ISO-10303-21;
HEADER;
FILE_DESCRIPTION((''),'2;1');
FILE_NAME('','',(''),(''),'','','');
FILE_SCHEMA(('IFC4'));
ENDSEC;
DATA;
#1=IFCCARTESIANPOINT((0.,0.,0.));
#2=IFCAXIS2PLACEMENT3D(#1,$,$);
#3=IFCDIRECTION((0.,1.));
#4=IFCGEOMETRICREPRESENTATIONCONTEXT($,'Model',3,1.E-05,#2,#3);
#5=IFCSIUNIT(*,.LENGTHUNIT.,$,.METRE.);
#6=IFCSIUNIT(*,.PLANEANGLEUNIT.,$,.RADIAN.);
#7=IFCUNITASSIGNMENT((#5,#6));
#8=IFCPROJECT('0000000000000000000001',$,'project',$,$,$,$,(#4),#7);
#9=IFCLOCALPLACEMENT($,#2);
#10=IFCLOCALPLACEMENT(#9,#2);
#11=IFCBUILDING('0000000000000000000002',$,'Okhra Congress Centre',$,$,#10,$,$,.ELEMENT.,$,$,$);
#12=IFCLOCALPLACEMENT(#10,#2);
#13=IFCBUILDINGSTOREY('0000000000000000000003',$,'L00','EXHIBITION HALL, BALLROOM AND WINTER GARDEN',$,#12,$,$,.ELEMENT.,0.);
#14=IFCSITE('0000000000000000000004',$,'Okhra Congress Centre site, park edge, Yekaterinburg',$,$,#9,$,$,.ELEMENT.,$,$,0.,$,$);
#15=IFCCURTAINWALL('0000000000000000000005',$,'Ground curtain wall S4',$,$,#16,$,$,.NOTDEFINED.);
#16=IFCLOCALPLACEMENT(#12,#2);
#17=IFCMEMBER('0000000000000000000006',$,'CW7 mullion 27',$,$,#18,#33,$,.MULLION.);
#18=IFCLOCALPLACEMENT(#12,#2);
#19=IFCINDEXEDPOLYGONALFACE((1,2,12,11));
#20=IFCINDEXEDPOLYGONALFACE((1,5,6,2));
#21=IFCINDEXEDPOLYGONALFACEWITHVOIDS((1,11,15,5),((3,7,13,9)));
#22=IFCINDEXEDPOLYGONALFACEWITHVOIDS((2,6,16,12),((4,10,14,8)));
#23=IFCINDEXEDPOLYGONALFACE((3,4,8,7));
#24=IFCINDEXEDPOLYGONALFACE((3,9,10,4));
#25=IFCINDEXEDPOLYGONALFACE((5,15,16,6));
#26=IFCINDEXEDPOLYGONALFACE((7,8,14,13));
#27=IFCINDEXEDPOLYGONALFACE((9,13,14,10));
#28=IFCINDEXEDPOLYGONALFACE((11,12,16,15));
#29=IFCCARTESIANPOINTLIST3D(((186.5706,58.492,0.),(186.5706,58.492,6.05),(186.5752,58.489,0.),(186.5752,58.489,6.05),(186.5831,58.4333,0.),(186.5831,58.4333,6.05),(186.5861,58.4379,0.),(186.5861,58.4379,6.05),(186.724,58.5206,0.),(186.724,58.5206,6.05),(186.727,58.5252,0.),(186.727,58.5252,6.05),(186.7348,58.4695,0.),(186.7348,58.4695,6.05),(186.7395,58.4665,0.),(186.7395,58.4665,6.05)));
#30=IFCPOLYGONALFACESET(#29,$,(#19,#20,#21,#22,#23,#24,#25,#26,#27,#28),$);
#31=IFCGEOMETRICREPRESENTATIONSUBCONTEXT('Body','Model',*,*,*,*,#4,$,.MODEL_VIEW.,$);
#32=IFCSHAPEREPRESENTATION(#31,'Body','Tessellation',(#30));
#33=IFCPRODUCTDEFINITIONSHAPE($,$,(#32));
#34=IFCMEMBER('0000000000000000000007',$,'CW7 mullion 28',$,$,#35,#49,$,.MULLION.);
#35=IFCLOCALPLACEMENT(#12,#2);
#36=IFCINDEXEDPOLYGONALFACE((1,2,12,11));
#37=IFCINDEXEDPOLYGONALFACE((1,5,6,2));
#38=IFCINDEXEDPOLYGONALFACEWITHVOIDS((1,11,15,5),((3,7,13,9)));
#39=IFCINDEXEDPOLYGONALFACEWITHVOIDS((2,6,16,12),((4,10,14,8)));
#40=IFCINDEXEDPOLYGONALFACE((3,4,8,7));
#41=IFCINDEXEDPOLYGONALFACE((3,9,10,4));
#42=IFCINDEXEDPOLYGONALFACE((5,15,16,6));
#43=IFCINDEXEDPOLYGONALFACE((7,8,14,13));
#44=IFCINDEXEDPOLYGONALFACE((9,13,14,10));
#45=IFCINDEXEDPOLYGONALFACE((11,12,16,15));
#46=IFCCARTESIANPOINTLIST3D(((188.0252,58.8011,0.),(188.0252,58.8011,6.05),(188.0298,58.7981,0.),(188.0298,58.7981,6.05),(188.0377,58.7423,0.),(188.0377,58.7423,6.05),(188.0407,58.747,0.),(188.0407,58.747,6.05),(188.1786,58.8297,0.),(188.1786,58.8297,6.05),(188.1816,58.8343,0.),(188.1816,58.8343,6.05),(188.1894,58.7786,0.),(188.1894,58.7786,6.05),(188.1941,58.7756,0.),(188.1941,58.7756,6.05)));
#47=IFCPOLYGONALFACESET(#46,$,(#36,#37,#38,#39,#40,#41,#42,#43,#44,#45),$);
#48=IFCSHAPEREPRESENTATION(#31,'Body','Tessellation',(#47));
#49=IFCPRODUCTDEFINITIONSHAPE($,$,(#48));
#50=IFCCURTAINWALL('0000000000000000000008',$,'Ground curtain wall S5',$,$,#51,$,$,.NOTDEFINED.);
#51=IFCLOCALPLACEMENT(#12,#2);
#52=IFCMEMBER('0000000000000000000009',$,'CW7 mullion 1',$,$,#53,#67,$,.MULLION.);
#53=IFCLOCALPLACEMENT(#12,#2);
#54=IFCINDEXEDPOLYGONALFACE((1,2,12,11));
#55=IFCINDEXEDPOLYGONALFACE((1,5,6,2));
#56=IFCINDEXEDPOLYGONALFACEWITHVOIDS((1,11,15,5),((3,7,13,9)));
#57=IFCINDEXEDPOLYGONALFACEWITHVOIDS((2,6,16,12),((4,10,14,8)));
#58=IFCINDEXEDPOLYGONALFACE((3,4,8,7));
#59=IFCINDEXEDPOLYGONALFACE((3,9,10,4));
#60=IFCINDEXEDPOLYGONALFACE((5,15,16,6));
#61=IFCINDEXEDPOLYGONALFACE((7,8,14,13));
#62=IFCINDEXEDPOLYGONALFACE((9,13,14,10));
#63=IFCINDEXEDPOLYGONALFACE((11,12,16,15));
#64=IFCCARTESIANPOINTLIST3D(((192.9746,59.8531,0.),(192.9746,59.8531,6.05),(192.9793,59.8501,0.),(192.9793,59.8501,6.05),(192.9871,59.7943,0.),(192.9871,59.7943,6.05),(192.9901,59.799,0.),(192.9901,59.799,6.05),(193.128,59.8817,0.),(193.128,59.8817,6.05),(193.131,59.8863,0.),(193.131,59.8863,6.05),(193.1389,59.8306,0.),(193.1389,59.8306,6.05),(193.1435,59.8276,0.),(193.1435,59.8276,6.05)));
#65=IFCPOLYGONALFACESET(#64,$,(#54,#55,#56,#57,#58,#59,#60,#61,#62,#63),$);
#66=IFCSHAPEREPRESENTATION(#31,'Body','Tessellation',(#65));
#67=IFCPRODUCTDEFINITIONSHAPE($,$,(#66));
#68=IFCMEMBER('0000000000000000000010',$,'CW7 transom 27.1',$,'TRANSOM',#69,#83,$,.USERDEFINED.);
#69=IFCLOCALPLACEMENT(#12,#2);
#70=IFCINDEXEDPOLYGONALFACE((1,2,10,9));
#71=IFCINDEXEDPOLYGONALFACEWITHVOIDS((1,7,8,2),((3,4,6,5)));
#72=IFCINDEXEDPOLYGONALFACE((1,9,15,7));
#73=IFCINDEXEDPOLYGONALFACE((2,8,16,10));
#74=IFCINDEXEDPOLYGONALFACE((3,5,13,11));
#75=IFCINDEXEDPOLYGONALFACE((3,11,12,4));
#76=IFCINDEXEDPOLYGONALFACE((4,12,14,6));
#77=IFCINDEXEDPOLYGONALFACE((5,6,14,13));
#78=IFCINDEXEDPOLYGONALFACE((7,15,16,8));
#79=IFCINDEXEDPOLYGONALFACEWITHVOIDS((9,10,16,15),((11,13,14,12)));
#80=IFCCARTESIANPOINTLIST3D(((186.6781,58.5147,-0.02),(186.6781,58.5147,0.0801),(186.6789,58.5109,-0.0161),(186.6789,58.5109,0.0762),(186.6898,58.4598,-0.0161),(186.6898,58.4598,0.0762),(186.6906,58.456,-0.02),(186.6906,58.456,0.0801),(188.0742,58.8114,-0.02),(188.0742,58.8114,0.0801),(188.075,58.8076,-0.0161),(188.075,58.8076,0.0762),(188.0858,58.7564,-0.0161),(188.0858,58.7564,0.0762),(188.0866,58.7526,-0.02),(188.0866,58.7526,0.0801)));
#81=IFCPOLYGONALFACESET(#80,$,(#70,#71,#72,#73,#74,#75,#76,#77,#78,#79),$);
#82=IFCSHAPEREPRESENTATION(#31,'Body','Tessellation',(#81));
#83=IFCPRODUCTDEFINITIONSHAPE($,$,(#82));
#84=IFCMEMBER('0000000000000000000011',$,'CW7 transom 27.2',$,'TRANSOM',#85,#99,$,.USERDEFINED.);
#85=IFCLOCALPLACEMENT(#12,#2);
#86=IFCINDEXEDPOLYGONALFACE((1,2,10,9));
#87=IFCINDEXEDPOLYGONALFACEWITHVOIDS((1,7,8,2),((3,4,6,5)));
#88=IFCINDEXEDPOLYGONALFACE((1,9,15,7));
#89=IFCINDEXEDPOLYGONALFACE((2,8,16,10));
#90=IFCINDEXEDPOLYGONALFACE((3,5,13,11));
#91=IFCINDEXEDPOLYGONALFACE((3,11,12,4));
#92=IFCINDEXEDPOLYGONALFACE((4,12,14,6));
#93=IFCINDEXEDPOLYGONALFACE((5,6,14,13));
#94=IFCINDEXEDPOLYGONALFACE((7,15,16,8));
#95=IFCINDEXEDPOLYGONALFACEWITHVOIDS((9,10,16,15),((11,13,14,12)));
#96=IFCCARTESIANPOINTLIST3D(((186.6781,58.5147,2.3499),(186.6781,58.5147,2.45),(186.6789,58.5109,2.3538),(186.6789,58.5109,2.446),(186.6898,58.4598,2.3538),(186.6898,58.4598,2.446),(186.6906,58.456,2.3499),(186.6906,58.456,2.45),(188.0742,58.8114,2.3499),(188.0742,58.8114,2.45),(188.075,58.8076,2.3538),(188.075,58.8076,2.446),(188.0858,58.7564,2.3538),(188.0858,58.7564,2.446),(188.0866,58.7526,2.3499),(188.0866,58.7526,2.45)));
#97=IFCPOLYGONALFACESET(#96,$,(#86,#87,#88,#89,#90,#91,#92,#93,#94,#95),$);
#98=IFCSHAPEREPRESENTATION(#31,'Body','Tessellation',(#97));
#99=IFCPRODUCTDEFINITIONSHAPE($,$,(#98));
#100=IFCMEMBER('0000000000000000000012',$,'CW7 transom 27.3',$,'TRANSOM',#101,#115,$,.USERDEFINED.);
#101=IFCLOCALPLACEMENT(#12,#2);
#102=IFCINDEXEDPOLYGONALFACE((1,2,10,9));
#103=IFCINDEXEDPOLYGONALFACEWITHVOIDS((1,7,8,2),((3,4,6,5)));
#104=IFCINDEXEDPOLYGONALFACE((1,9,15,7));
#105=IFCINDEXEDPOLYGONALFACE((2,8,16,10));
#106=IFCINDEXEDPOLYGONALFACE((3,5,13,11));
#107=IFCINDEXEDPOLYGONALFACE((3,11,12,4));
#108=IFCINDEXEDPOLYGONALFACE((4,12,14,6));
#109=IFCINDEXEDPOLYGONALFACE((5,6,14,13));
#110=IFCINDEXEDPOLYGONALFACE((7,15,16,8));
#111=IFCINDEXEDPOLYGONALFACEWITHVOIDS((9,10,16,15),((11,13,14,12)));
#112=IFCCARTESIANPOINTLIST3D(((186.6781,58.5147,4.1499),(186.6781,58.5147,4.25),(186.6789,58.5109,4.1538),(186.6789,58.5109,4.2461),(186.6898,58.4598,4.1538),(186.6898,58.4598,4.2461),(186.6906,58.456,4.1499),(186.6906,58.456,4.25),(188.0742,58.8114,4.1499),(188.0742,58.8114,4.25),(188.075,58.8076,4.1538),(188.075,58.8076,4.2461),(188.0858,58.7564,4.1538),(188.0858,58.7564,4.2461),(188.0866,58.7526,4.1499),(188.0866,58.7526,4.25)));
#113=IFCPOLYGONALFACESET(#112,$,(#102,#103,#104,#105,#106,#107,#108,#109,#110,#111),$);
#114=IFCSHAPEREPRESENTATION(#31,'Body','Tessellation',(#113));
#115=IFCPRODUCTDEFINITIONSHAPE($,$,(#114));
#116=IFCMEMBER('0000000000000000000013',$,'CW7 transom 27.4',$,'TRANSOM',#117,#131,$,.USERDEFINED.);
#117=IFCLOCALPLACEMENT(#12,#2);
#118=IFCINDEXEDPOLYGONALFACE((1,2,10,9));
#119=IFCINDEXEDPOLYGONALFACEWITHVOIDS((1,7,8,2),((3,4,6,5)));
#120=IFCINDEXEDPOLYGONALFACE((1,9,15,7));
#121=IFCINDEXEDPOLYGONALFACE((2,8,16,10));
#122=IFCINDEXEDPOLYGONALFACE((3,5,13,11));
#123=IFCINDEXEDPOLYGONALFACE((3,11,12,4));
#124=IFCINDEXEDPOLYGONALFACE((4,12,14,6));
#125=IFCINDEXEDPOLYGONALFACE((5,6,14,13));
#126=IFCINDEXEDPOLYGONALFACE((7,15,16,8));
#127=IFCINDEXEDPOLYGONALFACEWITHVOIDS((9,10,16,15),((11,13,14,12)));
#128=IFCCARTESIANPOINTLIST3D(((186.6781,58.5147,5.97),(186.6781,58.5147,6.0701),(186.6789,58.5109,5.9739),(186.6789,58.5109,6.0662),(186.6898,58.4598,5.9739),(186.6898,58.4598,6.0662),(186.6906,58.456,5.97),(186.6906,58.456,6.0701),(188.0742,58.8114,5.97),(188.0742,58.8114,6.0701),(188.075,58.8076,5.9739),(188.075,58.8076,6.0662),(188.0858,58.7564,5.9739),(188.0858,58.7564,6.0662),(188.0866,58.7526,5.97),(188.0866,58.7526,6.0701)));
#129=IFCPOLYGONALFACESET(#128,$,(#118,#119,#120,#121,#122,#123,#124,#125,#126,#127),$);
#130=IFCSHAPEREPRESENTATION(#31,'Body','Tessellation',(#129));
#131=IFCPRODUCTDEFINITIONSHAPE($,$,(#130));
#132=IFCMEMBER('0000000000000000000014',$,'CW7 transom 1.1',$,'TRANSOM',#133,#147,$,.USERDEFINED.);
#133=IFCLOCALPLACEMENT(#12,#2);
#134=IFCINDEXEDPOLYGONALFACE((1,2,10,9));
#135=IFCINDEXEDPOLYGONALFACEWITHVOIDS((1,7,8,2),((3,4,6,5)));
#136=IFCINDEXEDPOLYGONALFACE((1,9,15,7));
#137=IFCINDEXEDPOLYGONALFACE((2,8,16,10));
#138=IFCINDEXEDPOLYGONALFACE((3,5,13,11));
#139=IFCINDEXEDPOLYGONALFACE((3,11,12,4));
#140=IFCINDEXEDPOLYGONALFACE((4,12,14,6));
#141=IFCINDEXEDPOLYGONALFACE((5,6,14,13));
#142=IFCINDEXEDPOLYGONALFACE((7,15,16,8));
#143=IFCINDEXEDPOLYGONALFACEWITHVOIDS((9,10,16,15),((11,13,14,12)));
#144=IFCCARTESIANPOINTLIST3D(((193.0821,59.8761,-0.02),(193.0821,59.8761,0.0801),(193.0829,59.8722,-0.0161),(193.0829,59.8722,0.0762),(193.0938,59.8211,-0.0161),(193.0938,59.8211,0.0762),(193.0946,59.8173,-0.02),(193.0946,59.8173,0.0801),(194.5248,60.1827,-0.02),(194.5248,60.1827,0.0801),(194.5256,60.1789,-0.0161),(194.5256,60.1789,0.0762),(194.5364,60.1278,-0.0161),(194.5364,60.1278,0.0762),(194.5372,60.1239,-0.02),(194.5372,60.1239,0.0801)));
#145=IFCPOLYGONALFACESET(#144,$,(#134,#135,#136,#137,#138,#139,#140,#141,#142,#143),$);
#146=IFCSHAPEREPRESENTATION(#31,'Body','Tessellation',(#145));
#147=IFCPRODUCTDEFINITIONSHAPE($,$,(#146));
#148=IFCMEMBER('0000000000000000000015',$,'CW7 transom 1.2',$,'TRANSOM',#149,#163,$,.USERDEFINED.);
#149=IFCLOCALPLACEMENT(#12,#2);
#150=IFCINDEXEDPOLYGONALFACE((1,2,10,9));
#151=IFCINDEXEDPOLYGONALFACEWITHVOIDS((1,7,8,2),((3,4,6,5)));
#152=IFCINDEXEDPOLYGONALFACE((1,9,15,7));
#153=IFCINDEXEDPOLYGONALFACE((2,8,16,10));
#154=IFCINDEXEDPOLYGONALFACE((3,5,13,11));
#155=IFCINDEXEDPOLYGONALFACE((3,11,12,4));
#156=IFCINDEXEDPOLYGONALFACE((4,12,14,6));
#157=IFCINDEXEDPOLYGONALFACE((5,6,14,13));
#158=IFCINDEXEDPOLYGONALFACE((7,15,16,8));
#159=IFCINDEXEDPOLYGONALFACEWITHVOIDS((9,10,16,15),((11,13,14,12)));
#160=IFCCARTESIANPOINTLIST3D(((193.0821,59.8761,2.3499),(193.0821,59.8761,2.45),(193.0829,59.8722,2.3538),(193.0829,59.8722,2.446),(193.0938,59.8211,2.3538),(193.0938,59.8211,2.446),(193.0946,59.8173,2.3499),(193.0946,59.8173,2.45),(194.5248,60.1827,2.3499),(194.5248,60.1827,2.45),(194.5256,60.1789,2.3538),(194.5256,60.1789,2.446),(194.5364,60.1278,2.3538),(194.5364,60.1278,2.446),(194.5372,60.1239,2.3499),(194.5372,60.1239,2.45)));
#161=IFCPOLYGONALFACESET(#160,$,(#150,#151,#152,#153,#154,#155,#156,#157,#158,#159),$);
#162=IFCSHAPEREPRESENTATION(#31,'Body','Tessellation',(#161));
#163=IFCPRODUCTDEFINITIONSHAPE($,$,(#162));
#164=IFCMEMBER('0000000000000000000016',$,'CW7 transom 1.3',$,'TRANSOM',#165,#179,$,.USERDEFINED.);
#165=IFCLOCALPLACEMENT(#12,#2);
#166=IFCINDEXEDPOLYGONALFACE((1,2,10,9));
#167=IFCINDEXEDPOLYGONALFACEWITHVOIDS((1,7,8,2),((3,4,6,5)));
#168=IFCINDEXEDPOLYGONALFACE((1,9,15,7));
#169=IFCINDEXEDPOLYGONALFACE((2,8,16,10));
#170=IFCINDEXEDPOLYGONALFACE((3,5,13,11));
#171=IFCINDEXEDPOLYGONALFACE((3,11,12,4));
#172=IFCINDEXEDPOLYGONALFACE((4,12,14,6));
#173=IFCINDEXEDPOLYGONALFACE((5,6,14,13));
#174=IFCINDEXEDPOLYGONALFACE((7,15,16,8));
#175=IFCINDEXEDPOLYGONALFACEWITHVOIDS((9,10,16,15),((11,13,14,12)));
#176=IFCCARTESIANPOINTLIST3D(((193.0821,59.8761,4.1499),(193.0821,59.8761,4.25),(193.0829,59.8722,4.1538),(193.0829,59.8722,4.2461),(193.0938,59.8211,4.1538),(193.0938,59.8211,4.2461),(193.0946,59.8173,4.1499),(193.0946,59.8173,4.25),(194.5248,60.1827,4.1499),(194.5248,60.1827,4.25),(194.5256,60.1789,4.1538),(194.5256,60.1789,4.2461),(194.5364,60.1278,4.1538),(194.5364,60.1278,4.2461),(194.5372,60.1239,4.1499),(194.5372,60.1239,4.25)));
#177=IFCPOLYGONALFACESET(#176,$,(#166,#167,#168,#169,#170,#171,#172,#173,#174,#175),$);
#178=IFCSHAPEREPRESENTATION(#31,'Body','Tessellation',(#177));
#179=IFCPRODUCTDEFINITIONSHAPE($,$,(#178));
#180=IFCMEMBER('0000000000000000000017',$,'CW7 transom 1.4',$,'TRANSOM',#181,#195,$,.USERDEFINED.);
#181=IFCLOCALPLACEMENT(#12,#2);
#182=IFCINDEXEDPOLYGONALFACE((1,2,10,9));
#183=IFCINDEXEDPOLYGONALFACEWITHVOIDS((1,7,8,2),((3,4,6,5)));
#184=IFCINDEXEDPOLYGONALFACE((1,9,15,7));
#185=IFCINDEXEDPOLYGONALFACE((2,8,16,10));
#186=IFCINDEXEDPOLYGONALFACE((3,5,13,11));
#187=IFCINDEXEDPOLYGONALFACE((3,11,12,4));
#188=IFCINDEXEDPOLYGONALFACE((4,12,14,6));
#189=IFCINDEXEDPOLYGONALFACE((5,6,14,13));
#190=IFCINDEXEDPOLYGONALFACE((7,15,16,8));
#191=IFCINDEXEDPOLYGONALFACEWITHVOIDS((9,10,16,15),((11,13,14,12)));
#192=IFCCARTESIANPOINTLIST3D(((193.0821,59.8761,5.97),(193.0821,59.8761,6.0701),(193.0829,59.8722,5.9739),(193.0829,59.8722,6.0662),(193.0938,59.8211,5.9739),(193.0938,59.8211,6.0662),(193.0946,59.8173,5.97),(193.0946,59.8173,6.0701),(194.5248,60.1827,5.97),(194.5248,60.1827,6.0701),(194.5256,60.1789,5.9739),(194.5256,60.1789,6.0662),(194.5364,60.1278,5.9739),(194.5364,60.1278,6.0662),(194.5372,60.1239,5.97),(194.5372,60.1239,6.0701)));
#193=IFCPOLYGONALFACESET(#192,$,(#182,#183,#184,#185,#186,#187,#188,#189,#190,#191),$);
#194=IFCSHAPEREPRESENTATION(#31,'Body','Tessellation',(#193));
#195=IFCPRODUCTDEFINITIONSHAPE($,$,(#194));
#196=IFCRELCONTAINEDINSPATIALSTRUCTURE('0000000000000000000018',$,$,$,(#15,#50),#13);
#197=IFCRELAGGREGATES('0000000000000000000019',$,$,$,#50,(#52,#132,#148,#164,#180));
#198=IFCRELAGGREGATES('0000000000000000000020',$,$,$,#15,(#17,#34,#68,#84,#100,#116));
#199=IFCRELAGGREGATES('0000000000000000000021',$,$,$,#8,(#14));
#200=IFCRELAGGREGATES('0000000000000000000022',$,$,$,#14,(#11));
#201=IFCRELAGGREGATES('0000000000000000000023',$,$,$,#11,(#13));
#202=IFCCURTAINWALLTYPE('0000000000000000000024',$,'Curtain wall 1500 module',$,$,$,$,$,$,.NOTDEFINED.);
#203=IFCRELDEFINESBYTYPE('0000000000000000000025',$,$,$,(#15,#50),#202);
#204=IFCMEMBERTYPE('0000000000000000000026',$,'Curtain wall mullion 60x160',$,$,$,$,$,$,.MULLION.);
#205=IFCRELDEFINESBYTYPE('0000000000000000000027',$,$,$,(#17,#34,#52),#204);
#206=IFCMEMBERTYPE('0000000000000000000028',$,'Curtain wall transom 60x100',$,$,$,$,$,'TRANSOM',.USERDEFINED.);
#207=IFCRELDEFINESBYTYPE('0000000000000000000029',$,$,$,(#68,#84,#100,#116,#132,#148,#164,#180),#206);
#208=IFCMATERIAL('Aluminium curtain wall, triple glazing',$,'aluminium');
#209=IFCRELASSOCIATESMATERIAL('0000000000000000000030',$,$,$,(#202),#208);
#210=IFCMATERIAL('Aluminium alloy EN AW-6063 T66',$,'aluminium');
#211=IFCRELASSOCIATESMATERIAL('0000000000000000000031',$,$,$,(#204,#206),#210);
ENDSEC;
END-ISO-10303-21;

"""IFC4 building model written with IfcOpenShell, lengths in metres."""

from ifc_helpers import new_model, si_unit, direction, frame, origin, origin_2d, place, context, subcontext, project, spatial, hollow_rectangle, extrude, material, material_profile, profile_set, type_object, element, aggregate, save


model = new_model("IFC4")

# Units and contexts
model_context = context("Model", 3, precision=1e-05, world=origin(), true_north=direction((0.0, 1.0)))
body_context = subcontext(model_context, "Body", "Model", "MODEL_VIEW")
ifc_project = project(units=[si_unit("LENGTHUNIT", "METRE"), si_unit("PLANEANGLEUNIT", "RADIAN")], contexts=[model_context])

# Site, building, storey
site_placement = place(None, origin())
site = spatial("IfcSite", under=ifc_project, at=site_placement, Name="Okhra Congress Centre site, park edge, Yekaterinburg", CompositionType="ELEMENT", RefElevation=0.0)
building_placement = place(site_placement, origin())
building = spatial("IfcBuilding", under=site, at=building_placement, Name="Okhra Congress Centre", CompositionType="ELEMENT")
storey_placement = place(building_placement, origin())
storey = spatial("IfcBuildingStorey", under=building, at=storey_placement, Name="L00", Description="EXHIBITION HALL, BALLROOM AND WINTER GARDEN", CompositionType="ELEMENT", Elevation=0.0)

# Curtain wall, members
ifc_material_1 = material(Name="Aluminium curtain wall, triple glazing", Category="aluminium")
curtain_wall_type = type_object("IfcCurtainWallType", Name="Curtain wall 1500 module", PredefinedType="NOTDEFINED", material=ifc_material_1)
curtain_wall_1_placement = place(storey_placement, origin())
curtain_wall_1 = element("IfcCurtainWall", 1, at=curtain_wall_1_placement, inside=storey, type_object=curtain_wall_type, Name="Ground curtain wall S4", PredefinedType="NOTDEFINED")
ifc_material_2 = material(Name="Aluminium alloy EN AW-6063 T66", Category="aluminium")
ifc_material_profile_1 = material_profile(ifc_material_2, hollow_rectangle(XDim=0.0601, YDim=0.1599, WallThickness=0.0039, at=origin_2d()), Name="RHS 60x160x4")
ifc_profile_set_1 = profile_set([ifc_material_profile_1], Name="Aluminium alloy EN AW-6063 T66")
member_type_1 = type_object("IfcMemberType", Name="Curtain wall mullion 60x160", PredefinedType="MULLION", material=ifc_profile_set_1)
member_1_placement = place(storey_placement, frame((186.655, 58.4792, 0.0), z_axis=(0.0, 0.0, 1.0), x_axis=(-0.207912, 0.978148, 0.0)))
member_1 = element("IfcMember", 2, at=member_1_placement, type_object=member_type_1, Name="CW7 mullion 27", PredefinedType="MULLION", context=body_context, shape_type="SweptSolid", body=[
    extrude(hollow_rectangle(XDim=0.0601, YDim=0.1599, WallThickness=0.0039, at=origin_2d()), origin(), (0.0, 0.0, 1.0), 6.05),
])
member_2_placement = place(storey_placement, frame((188.1096, 58.7883, 0.0), z_axis=(0.0, 0.0, 1.0), x_axis=(-0.207912, 0.978148, 0.0)))
member_2 = element("IfcMember", 3, at=member_2_placement, type_object=member_type_1, Name="CW7 mullion 28", PredefinedType="MULLION", context=body_context, shape_type="SweptSolid", body=[
    extrude(hollow_rectangle(XDim=0.0601, YDim=0.1599, WallThickness=0.0039, at=origin_2d()), origin(), (0.0, 0.0, 1.0), 6.05),
])

# Curtain wall, member
curtain_wall_2_placement = place(storey_placement, origin())
curtain_wall_2 = element("IfcCurtainWall", 4, at=curtain_wall_2_placement, inside=storey, type_object=curtain_wall_type, Name="Ground curtain wall S5", PredefinedType="NOTDEFINED")
member_3_placement = place(storey_placement, frame((193.0591, 59.8403, 0.0), z_axis=(0.0, 0.0, 1.0), x_axis=(-0.207912, 0.978148, 0.0)))
member_3 = element("IfcMember", 5, at=member_3_placement, type_object=member_type_1, Name="CW7 mullion 1", PredefinedType="MULLION", context=body_context, shape_type="SweptSolid", body=[
    extrude(hollow_rectangle(XDim=0.0601, YDim=0.1599, WallThickness=0.0039, at=origin_2d()), origin(), (0.0, 0.0, 1.0), 6.05),
])

# Members
ifc_material_profile_2 = material_profile(ifc_material_2, hollow_rectangle(XDim=0.0601, YDim=0.1001, WallThickness=0.0039, at=origin_2d()), Name="RHS 60x100x4")
ifc_profile_set_2 = profile_set([ifc_material_profile_2], Name="Aluminium alloy EN AW-6063 T66")
member_type_2 = type_object("IfcMemberType", Name="Curtain wall transom 60x100", ElementType="TRANSOM", PredefinedType="USERDEFINED", material=ifc_profile_set_2)
member_4_placement = place(storey_placement, frame((186.6843, 58.4854, 0.03), z_axis=(0.978161, 0.207846, 0.0), x_axis=(-0.207846, 0.978161, 0.0)))
member_4 = element("IfcMember", 6, at=member_4_placement, type_object=member_type_2, Name="CW7 transom 27.1", ObjectType="TRANSOM", PredefinedType="USERDEFINED", context=body_context, shape_type="SweptSolid", body=[
    extrude(hollow_rectangle(XDim=0.0601, YDim=0.1001, WallThickness=0.0039, at=origin_2d()), origin(), (0.0, 0.0, 1.0), 1.4272),
])
member_5_placement = place(storey_placement, frame((186.6843, 58.4854, 2.3999), z_axis=(0.978161, 0.207846, 0.0), x_axis=(-0.207846, 0.978161, 0.0)))
member_5 = element("IfcMember", 7, at=member_5_placement, type_object=member_type_2, Name="CW7 transom 27.2", ObjectType="TRANSOM", PredefinedType="USERDEFINED", context=body_context, shape_type="SweptSolid", body=[
    extrude(hollow_rectangle(XDim=0.0601, YDim=0.1001, WallThickness=0.0039, at=origin_2d()), origin(), (0.0, 0.0, 1.0), 1.4272),
])
member_6_placement = place(storey_placement, frame((186.6843, 58.4854, 4.2), z_axis=(0.978161, 0.207846, 0.0), x_axis=(-0.207846, 0.978161, 0.0)))
member_6 = element("IfcMember", 8, at=member_6_placement, type_object=member_type_2, Name="CW7 transom 27.3", ObjectType="TRANSOM", PredefinedType="USERDEFINED", context=body_context, shape_type="SweptSolid", body=[
    extrude(hollow_rectangle(XDim=0.0601, YDim=0.1001, WallThickness=0.0039, at=origin_2d()), origin(), (0.0, 0.0, 1.0), 1.4272),
])
member_7_placement = place(storey_placement, frame((186.6843, 58.4854, 6.02), z_axis=(0.978161, 0.207846, 0.0), x_axis=(-0.207846, 0.978161, 0.0)))
member_7 = element("IfcMember", 9, at=member_7_placement, type_object=member_type_2, Name="CW7 transom 27.4", ObjectType="TRANSOM", PredefinedType="USERDEFINED", context=body_context, shape_type="SweptSolid", body=[
    extrude(hollow_rectangle(XDim=0.0601, YDim=0.1001, WallThickness=0.0039, at=origin_2d()), origin(), (0.0, 0.0, 1.0), 1.4272),
])
member_8_placement = place(storey_placement, frame((193.0884, 59.8467, 0.03), z_axis=(0.978147, 0.207912, 0.0), x_axis=(-0.207912, 0.978147, 0.0)))
member_8 = element("IfcMember", 10, at=member_8_placement, type_object=member_type_2, Name="CW7 transom 1.1", ObjectType="TRANSOM", PredefinedType="USERDEFINED", context=body_context, shape_type="SweptSolid", body=[
    extrude(hollow_rectangle(XDim=0.0601, YDim=0.1001, WallThickness=0.0039, at=origin_2d()), origin(), (0.0, 0.0, 1.0), 1.4749),
])
member_9_placement = place(storey_placement, frame((193.0884, 59.8467, 2.3999), z_axis=(0.978147, 0.207912, 0.0), x_axis=(-0.207912, 0.978147, 0.0)))
member_9 = element("IfcMember", 11, at=member_9_placement, type_object=member_type_2, Name="CW7 transom 1.2", ObjectType="TRANSOM", PredefinedType="USERDEFINED", context=body_context, shape_type="SweptSolid", body=[
    extrude(hollow_rectangle(XDim=0.0601, YDim=0.1001, WallThickness=0.0039, at=origin_2d()), origin(), (0.0, 0.0, 1.0), 1.4749),
])
member_10_placement = place(storey_placement, frame((193.0884, 59.8467, 4.2), z_axis=(0.978147, 0.207912, 0.0), x_axis=(-0.207912, 0.978147, 0.0)))
member_10 = element("IfcMember", 12, at=member_10_placement, type_object=member_type_2, Name="CW7 transom 1.3", ObjectType="TRANSOM", PredefinedType="USERDEFINED", context=body_context, shape_type="SweptSolid", body=[
    extrude(hollow_rectangle(XDim=0.0601, YDim=0.1001, WallThickness=0.0039, at=origin_2d()), origin(), (0.0, 0.0, 1.0), 1.4749),
])
member_11_placement = place(storey_placement, frame((193.0884, 59.8467, 6.02), z_axis=(0.978147, 0.207912, 0.0), x_axis=(-0.207912, 0.978147, 0.0)))
member_11 = element("IfcMember", 13, at=member_11_placement, type_object=member_type_2, Name="CW7 transom 1.4", ObjectType="TRANSOM", PredefinedType="USERDEFINED", context=body_context, shape_type="SweptSolid", body=[
    extrude(hollow_rectangle(XDim=0.0601, YDim=0.1001, WallThickness=0.0039, at=origin_2d()), origin(), (0.0, 0.0, 1.0), 1.4749),
])
aggregate(curtain_wall_2, [member_3, member_8, member_9, member_10, member_11])

aggregate(curtain_wall_1, [member_1, member_2, member_4, member_5, member_6, member_7])

save(model, "model.ifc")
